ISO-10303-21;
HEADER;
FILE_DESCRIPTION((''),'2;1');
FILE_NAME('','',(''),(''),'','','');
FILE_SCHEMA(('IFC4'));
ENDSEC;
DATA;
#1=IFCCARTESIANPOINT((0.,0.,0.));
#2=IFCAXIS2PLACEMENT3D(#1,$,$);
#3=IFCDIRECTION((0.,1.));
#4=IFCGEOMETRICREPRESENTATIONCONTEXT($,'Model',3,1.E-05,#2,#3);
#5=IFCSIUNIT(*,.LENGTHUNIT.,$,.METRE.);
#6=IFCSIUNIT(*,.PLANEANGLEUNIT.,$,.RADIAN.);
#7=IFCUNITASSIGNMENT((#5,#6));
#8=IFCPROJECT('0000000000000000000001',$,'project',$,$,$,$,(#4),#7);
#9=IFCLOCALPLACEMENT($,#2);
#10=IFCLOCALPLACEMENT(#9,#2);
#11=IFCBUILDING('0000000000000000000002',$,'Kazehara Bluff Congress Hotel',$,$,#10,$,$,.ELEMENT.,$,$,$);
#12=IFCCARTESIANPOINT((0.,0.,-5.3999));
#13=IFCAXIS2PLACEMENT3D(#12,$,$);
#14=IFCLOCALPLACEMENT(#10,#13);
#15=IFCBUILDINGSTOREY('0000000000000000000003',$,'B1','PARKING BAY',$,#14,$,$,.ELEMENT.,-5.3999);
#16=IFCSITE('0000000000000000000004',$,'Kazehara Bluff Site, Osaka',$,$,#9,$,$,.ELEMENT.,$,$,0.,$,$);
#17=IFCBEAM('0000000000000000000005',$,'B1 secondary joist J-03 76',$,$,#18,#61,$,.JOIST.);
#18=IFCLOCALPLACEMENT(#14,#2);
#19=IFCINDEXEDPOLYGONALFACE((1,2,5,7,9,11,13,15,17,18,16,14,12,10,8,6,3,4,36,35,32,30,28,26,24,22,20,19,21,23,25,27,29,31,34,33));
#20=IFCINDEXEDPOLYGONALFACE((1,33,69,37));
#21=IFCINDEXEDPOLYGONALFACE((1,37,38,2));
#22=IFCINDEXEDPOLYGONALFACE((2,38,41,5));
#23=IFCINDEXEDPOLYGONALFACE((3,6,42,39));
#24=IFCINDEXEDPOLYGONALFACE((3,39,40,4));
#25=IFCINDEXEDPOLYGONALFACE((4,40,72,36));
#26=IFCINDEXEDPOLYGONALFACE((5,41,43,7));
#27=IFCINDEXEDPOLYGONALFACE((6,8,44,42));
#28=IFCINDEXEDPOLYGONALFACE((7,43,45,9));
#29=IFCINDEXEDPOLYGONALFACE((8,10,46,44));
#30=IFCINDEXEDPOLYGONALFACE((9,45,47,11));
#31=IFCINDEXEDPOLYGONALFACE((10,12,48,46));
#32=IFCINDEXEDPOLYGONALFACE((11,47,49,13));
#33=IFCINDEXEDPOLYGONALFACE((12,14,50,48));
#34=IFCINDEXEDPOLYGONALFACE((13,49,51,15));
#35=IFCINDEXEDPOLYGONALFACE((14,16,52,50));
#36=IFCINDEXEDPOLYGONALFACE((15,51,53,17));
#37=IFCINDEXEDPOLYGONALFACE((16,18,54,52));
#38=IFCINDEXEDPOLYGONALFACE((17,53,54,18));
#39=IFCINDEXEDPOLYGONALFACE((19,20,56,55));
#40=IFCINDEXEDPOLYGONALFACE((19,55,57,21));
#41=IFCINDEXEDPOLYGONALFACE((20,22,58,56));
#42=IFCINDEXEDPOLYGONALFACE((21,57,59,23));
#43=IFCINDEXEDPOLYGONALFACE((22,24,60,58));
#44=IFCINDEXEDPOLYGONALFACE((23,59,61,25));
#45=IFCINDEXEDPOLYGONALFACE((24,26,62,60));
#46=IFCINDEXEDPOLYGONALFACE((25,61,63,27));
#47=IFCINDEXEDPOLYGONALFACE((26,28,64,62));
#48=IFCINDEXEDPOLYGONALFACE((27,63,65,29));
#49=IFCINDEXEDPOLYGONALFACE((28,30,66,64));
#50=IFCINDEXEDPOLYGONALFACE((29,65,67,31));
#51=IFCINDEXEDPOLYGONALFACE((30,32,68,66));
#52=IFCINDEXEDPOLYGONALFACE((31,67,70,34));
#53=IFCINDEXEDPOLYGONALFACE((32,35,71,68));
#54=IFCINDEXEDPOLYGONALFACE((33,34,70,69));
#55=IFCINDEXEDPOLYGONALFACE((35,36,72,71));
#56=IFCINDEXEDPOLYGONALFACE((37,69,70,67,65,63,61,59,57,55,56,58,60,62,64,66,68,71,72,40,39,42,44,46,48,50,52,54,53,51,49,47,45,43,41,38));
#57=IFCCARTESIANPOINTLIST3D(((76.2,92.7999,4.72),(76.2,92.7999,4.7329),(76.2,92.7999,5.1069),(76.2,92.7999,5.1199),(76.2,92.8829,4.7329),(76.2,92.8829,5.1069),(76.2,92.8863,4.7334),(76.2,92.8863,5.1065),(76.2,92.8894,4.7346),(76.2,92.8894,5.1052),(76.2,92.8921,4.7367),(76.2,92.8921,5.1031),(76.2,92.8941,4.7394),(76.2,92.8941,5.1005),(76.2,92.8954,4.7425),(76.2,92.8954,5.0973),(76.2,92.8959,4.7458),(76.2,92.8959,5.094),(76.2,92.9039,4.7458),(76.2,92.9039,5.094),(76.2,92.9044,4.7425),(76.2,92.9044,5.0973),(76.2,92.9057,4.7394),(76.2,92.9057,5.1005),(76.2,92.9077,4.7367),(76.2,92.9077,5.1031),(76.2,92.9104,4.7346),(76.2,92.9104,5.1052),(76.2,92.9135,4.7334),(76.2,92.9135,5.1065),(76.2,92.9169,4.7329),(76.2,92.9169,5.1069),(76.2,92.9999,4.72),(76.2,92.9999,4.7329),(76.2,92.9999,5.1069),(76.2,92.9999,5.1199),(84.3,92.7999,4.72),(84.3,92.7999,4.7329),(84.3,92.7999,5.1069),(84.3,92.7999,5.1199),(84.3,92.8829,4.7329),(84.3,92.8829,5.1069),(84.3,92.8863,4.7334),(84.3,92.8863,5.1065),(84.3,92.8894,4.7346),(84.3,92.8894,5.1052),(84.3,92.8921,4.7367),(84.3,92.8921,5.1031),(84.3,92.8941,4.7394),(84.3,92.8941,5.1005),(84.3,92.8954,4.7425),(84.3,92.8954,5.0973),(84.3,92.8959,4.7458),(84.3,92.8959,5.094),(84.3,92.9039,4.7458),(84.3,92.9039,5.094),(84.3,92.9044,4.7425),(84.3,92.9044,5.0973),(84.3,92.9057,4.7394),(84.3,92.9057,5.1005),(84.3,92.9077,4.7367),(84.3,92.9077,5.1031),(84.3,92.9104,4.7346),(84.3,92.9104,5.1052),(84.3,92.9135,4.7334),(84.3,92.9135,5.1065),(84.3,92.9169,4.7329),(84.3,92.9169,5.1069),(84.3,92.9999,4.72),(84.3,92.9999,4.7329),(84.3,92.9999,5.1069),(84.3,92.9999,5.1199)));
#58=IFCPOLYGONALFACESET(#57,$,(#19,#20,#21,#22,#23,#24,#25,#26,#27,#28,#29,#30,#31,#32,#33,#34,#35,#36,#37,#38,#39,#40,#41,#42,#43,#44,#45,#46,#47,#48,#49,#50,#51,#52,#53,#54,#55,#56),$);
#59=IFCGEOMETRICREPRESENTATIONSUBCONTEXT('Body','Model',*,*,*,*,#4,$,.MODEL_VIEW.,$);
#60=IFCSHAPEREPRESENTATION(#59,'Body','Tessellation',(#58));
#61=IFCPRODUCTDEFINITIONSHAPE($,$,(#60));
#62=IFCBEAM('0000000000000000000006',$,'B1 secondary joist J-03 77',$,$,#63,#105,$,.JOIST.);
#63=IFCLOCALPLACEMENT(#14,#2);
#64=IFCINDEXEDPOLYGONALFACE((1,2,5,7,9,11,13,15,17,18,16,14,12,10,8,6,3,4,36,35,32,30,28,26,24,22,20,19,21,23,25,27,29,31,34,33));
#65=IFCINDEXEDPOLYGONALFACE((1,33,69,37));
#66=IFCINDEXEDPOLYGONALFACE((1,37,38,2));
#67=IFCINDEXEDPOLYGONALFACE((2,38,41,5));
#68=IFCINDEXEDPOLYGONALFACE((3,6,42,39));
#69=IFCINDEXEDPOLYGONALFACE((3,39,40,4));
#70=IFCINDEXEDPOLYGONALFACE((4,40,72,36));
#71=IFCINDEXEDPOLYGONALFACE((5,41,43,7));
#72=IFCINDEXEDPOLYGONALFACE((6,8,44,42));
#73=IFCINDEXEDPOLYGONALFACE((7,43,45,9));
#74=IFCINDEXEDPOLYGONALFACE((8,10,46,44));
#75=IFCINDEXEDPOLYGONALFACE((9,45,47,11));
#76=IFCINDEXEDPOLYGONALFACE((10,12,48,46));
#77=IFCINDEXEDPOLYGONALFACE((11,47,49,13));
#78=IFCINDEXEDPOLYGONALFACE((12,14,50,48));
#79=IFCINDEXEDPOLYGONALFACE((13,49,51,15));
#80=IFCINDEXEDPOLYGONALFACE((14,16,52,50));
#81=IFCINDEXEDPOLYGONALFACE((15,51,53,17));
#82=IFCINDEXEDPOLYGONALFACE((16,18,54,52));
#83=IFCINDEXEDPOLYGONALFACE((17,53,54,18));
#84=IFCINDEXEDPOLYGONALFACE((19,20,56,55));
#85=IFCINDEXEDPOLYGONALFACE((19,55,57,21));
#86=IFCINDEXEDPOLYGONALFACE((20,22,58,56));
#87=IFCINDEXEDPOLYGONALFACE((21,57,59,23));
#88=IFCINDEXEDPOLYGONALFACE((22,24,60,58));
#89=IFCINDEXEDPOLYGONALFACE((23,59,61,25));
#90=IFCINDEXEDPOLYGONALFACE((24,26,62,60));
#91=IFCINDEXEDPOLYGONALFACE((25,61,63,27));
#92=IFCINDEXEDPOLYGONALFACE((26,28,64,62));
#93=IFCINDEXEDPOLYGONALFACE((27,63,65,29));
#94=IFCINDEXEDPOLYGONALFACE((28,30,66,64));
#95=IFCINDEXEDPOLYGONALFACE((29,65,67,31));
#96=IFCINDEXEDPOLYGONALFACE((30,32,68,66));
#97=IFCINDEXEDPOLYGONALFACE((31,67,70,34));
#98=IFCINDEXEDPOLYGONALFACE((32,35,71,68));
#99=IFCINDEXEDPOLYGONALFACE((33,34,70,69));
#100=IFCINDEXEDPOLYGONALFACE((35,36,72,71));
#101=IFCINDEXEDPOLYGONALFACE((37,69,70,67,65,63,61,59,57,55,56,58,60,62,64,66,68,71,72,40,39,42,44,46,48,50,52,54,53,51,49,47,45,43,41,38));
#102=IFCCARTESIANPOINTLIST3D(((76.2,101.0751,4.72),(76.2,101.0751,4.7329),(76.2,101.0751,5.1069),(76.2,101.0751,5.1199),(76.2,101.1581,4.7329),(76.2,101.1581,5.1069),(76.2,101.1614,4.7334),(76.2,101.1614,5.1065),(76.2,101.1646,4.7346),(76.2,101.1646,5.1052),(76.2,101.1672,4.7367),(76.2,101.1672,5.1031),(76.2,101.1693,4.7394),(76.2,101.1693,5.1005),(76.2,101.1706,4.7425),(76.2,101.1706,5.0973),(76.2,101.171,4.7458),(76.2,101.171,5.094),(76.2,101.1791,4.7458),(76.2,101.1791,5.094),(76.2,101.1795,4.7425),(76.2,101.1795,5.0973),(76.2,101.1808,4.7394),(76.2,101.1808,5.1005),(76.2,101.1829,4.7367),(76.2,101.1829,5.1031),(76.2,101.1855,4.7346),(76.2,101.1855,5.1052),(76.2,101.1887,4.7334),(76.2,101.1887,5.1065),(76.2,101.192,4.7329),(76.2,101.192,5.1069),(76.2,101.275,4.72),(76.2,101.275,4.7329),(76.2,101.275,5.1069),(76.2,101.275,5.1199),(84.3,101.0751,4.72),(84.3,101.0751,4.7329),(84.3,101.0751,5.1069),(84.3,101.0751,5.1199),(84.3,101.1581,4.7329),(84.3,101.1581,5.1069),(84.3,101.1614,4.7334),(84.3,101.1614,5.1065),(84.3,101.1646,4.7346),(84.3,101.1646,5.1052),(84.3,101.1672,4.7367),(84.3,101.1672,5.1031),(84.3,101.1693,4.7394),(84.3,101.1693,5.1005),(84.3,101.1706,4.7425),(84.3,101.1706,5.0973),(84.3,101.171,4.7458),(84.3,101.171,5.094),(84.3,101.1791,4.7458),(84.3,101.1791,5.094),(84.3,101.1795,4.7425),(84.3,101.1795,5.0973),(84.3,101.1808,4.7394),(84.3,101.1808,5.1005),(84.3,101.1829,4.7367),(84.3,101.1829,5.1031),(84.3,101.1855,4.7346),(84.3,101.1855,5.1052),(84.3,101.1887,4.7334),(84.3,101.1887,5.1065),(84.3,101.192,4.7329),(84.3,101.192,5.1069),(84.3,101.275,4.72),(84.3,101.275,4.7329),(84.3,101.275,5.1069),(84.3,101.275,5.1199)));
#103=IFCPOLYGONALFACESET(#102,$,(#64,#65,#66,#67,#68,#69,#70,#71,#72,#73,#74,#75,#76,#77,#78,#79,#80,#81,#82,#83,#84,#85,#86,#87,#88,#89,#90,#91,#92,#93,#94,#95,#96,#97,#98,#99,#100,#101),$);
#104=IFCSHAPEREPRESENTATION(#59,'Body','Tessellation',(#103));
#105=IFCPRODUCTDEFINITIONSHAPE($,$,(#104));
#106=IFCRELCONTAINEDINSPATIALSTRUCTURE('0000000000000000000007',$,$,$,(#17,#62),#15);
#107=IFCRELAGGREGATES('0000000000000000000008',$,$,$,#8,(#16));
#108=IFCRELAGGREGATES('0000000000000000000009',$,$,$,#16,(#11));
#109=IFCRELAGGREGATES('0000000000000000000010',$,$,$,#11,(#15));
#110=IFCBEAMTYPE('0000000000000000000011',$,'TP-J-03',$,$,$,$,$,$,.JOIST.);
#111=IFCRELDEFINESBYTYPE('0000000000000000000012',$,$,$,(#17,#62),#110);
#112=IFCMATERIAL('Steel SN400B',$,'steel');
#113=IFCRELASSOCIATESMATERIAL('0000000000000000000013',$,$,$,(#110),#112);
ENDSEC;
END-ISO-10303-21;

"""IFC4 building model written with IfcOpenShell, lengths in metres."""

from ifc_helpers import new_model, si_unit, direction, frame, origin, origin_2d, place, context, subcontext, project, spatial, i_section, extrude, material, material_profile, profile_set, type_object, element, save


model = new_model("IFC4")

# Units and contexts
model_context = context("Model", 3, precision=1e-05, world=origin(), true_north=direction((0.0, 1.0)))
body_context = subcontext(model_context, "Body", "Model", "MODEL_VIEW")
ifc_project = project(units=[si_unit("LENGTHUNIT", "METRE"), si_unit("PLANEANGLEUNIT", "RADIAN")], contexts=[model_context])

# Site, building, storey
site_placement = place(None, origin())
site = spatial("IfcSite", under=ifc_project, at=site_placement, Name="Kazehara Bluff Site, Osaka", CompositionType="ELEMENT", RefElevation=0.0)
building_placement = place(site_placement, origin())
building = spatial("IfcBuilding", under=site, at=building_placement, Name="Kazehara Bluff Congress Hotel", CompositionType="ELEMENT")
storey_placement = place(building_placement, frame((0.0, 0.0, -5.3999)))
storey = spatial("IfcBuildingStorey", under=building, at=storey_placement, Name="B1", Description="PARKING BAY", CompositionType="ELEMENT", Elevation=-5.3999)

# Beams
ifc_material_1 = material(Name="Steel SN400B", Category="steel")
ifc_material_profile_1 = material_profile(ifc_material_1, i_section(OverallWidth=0.2, OverallDepth=0.3999, WebThickness=0.0081, FlangeThickness=0.0129, FilletRadius=0.0129, at=origin_2d()))
ifc_profile_set_1 = profile_set([ifc_material_profile_1], Name="Steel SN400B")
beam_type_1 = type_object("IfcBeamType", Name="TP-J-03", PredefinedType="JOIST", material=ifc_profile_set_1)
for number, where, z_axis, x_axis, name in (
    (1, (76.2, 92.8999, 4.9199), (1.0, 0.0, 0.0), (0.0, 1.0, 0.0), "B1 secondary joist J-03 76"),
    (2, (76.2, 101.175, 4.9199), (1.0, 0.0, 0.0), (0.0, 1.0, 0.0), "B1 secondary joist J-03 77"),
):
    element("IfcBeam", number, at=place(storey_placement, frame(where, z_axis=z_axis, x_axis=x_axis)), inside=storey, type_object=beam_type_1, Name=name, PredefinedType="JOIST", context=body_context, shape_type="SweptSolid", body=[
        extrude(i_section(OverallWidth=0.2, OverallDepth=0.3999, WebThickness=0.0081, FlangeThickness=0.0129, FilletRadius=0.0129, at=origin_2d()), origin(), (0.0, 0.0, 1.0), 8.1001),
    ])

save(model, "model.ifc")
